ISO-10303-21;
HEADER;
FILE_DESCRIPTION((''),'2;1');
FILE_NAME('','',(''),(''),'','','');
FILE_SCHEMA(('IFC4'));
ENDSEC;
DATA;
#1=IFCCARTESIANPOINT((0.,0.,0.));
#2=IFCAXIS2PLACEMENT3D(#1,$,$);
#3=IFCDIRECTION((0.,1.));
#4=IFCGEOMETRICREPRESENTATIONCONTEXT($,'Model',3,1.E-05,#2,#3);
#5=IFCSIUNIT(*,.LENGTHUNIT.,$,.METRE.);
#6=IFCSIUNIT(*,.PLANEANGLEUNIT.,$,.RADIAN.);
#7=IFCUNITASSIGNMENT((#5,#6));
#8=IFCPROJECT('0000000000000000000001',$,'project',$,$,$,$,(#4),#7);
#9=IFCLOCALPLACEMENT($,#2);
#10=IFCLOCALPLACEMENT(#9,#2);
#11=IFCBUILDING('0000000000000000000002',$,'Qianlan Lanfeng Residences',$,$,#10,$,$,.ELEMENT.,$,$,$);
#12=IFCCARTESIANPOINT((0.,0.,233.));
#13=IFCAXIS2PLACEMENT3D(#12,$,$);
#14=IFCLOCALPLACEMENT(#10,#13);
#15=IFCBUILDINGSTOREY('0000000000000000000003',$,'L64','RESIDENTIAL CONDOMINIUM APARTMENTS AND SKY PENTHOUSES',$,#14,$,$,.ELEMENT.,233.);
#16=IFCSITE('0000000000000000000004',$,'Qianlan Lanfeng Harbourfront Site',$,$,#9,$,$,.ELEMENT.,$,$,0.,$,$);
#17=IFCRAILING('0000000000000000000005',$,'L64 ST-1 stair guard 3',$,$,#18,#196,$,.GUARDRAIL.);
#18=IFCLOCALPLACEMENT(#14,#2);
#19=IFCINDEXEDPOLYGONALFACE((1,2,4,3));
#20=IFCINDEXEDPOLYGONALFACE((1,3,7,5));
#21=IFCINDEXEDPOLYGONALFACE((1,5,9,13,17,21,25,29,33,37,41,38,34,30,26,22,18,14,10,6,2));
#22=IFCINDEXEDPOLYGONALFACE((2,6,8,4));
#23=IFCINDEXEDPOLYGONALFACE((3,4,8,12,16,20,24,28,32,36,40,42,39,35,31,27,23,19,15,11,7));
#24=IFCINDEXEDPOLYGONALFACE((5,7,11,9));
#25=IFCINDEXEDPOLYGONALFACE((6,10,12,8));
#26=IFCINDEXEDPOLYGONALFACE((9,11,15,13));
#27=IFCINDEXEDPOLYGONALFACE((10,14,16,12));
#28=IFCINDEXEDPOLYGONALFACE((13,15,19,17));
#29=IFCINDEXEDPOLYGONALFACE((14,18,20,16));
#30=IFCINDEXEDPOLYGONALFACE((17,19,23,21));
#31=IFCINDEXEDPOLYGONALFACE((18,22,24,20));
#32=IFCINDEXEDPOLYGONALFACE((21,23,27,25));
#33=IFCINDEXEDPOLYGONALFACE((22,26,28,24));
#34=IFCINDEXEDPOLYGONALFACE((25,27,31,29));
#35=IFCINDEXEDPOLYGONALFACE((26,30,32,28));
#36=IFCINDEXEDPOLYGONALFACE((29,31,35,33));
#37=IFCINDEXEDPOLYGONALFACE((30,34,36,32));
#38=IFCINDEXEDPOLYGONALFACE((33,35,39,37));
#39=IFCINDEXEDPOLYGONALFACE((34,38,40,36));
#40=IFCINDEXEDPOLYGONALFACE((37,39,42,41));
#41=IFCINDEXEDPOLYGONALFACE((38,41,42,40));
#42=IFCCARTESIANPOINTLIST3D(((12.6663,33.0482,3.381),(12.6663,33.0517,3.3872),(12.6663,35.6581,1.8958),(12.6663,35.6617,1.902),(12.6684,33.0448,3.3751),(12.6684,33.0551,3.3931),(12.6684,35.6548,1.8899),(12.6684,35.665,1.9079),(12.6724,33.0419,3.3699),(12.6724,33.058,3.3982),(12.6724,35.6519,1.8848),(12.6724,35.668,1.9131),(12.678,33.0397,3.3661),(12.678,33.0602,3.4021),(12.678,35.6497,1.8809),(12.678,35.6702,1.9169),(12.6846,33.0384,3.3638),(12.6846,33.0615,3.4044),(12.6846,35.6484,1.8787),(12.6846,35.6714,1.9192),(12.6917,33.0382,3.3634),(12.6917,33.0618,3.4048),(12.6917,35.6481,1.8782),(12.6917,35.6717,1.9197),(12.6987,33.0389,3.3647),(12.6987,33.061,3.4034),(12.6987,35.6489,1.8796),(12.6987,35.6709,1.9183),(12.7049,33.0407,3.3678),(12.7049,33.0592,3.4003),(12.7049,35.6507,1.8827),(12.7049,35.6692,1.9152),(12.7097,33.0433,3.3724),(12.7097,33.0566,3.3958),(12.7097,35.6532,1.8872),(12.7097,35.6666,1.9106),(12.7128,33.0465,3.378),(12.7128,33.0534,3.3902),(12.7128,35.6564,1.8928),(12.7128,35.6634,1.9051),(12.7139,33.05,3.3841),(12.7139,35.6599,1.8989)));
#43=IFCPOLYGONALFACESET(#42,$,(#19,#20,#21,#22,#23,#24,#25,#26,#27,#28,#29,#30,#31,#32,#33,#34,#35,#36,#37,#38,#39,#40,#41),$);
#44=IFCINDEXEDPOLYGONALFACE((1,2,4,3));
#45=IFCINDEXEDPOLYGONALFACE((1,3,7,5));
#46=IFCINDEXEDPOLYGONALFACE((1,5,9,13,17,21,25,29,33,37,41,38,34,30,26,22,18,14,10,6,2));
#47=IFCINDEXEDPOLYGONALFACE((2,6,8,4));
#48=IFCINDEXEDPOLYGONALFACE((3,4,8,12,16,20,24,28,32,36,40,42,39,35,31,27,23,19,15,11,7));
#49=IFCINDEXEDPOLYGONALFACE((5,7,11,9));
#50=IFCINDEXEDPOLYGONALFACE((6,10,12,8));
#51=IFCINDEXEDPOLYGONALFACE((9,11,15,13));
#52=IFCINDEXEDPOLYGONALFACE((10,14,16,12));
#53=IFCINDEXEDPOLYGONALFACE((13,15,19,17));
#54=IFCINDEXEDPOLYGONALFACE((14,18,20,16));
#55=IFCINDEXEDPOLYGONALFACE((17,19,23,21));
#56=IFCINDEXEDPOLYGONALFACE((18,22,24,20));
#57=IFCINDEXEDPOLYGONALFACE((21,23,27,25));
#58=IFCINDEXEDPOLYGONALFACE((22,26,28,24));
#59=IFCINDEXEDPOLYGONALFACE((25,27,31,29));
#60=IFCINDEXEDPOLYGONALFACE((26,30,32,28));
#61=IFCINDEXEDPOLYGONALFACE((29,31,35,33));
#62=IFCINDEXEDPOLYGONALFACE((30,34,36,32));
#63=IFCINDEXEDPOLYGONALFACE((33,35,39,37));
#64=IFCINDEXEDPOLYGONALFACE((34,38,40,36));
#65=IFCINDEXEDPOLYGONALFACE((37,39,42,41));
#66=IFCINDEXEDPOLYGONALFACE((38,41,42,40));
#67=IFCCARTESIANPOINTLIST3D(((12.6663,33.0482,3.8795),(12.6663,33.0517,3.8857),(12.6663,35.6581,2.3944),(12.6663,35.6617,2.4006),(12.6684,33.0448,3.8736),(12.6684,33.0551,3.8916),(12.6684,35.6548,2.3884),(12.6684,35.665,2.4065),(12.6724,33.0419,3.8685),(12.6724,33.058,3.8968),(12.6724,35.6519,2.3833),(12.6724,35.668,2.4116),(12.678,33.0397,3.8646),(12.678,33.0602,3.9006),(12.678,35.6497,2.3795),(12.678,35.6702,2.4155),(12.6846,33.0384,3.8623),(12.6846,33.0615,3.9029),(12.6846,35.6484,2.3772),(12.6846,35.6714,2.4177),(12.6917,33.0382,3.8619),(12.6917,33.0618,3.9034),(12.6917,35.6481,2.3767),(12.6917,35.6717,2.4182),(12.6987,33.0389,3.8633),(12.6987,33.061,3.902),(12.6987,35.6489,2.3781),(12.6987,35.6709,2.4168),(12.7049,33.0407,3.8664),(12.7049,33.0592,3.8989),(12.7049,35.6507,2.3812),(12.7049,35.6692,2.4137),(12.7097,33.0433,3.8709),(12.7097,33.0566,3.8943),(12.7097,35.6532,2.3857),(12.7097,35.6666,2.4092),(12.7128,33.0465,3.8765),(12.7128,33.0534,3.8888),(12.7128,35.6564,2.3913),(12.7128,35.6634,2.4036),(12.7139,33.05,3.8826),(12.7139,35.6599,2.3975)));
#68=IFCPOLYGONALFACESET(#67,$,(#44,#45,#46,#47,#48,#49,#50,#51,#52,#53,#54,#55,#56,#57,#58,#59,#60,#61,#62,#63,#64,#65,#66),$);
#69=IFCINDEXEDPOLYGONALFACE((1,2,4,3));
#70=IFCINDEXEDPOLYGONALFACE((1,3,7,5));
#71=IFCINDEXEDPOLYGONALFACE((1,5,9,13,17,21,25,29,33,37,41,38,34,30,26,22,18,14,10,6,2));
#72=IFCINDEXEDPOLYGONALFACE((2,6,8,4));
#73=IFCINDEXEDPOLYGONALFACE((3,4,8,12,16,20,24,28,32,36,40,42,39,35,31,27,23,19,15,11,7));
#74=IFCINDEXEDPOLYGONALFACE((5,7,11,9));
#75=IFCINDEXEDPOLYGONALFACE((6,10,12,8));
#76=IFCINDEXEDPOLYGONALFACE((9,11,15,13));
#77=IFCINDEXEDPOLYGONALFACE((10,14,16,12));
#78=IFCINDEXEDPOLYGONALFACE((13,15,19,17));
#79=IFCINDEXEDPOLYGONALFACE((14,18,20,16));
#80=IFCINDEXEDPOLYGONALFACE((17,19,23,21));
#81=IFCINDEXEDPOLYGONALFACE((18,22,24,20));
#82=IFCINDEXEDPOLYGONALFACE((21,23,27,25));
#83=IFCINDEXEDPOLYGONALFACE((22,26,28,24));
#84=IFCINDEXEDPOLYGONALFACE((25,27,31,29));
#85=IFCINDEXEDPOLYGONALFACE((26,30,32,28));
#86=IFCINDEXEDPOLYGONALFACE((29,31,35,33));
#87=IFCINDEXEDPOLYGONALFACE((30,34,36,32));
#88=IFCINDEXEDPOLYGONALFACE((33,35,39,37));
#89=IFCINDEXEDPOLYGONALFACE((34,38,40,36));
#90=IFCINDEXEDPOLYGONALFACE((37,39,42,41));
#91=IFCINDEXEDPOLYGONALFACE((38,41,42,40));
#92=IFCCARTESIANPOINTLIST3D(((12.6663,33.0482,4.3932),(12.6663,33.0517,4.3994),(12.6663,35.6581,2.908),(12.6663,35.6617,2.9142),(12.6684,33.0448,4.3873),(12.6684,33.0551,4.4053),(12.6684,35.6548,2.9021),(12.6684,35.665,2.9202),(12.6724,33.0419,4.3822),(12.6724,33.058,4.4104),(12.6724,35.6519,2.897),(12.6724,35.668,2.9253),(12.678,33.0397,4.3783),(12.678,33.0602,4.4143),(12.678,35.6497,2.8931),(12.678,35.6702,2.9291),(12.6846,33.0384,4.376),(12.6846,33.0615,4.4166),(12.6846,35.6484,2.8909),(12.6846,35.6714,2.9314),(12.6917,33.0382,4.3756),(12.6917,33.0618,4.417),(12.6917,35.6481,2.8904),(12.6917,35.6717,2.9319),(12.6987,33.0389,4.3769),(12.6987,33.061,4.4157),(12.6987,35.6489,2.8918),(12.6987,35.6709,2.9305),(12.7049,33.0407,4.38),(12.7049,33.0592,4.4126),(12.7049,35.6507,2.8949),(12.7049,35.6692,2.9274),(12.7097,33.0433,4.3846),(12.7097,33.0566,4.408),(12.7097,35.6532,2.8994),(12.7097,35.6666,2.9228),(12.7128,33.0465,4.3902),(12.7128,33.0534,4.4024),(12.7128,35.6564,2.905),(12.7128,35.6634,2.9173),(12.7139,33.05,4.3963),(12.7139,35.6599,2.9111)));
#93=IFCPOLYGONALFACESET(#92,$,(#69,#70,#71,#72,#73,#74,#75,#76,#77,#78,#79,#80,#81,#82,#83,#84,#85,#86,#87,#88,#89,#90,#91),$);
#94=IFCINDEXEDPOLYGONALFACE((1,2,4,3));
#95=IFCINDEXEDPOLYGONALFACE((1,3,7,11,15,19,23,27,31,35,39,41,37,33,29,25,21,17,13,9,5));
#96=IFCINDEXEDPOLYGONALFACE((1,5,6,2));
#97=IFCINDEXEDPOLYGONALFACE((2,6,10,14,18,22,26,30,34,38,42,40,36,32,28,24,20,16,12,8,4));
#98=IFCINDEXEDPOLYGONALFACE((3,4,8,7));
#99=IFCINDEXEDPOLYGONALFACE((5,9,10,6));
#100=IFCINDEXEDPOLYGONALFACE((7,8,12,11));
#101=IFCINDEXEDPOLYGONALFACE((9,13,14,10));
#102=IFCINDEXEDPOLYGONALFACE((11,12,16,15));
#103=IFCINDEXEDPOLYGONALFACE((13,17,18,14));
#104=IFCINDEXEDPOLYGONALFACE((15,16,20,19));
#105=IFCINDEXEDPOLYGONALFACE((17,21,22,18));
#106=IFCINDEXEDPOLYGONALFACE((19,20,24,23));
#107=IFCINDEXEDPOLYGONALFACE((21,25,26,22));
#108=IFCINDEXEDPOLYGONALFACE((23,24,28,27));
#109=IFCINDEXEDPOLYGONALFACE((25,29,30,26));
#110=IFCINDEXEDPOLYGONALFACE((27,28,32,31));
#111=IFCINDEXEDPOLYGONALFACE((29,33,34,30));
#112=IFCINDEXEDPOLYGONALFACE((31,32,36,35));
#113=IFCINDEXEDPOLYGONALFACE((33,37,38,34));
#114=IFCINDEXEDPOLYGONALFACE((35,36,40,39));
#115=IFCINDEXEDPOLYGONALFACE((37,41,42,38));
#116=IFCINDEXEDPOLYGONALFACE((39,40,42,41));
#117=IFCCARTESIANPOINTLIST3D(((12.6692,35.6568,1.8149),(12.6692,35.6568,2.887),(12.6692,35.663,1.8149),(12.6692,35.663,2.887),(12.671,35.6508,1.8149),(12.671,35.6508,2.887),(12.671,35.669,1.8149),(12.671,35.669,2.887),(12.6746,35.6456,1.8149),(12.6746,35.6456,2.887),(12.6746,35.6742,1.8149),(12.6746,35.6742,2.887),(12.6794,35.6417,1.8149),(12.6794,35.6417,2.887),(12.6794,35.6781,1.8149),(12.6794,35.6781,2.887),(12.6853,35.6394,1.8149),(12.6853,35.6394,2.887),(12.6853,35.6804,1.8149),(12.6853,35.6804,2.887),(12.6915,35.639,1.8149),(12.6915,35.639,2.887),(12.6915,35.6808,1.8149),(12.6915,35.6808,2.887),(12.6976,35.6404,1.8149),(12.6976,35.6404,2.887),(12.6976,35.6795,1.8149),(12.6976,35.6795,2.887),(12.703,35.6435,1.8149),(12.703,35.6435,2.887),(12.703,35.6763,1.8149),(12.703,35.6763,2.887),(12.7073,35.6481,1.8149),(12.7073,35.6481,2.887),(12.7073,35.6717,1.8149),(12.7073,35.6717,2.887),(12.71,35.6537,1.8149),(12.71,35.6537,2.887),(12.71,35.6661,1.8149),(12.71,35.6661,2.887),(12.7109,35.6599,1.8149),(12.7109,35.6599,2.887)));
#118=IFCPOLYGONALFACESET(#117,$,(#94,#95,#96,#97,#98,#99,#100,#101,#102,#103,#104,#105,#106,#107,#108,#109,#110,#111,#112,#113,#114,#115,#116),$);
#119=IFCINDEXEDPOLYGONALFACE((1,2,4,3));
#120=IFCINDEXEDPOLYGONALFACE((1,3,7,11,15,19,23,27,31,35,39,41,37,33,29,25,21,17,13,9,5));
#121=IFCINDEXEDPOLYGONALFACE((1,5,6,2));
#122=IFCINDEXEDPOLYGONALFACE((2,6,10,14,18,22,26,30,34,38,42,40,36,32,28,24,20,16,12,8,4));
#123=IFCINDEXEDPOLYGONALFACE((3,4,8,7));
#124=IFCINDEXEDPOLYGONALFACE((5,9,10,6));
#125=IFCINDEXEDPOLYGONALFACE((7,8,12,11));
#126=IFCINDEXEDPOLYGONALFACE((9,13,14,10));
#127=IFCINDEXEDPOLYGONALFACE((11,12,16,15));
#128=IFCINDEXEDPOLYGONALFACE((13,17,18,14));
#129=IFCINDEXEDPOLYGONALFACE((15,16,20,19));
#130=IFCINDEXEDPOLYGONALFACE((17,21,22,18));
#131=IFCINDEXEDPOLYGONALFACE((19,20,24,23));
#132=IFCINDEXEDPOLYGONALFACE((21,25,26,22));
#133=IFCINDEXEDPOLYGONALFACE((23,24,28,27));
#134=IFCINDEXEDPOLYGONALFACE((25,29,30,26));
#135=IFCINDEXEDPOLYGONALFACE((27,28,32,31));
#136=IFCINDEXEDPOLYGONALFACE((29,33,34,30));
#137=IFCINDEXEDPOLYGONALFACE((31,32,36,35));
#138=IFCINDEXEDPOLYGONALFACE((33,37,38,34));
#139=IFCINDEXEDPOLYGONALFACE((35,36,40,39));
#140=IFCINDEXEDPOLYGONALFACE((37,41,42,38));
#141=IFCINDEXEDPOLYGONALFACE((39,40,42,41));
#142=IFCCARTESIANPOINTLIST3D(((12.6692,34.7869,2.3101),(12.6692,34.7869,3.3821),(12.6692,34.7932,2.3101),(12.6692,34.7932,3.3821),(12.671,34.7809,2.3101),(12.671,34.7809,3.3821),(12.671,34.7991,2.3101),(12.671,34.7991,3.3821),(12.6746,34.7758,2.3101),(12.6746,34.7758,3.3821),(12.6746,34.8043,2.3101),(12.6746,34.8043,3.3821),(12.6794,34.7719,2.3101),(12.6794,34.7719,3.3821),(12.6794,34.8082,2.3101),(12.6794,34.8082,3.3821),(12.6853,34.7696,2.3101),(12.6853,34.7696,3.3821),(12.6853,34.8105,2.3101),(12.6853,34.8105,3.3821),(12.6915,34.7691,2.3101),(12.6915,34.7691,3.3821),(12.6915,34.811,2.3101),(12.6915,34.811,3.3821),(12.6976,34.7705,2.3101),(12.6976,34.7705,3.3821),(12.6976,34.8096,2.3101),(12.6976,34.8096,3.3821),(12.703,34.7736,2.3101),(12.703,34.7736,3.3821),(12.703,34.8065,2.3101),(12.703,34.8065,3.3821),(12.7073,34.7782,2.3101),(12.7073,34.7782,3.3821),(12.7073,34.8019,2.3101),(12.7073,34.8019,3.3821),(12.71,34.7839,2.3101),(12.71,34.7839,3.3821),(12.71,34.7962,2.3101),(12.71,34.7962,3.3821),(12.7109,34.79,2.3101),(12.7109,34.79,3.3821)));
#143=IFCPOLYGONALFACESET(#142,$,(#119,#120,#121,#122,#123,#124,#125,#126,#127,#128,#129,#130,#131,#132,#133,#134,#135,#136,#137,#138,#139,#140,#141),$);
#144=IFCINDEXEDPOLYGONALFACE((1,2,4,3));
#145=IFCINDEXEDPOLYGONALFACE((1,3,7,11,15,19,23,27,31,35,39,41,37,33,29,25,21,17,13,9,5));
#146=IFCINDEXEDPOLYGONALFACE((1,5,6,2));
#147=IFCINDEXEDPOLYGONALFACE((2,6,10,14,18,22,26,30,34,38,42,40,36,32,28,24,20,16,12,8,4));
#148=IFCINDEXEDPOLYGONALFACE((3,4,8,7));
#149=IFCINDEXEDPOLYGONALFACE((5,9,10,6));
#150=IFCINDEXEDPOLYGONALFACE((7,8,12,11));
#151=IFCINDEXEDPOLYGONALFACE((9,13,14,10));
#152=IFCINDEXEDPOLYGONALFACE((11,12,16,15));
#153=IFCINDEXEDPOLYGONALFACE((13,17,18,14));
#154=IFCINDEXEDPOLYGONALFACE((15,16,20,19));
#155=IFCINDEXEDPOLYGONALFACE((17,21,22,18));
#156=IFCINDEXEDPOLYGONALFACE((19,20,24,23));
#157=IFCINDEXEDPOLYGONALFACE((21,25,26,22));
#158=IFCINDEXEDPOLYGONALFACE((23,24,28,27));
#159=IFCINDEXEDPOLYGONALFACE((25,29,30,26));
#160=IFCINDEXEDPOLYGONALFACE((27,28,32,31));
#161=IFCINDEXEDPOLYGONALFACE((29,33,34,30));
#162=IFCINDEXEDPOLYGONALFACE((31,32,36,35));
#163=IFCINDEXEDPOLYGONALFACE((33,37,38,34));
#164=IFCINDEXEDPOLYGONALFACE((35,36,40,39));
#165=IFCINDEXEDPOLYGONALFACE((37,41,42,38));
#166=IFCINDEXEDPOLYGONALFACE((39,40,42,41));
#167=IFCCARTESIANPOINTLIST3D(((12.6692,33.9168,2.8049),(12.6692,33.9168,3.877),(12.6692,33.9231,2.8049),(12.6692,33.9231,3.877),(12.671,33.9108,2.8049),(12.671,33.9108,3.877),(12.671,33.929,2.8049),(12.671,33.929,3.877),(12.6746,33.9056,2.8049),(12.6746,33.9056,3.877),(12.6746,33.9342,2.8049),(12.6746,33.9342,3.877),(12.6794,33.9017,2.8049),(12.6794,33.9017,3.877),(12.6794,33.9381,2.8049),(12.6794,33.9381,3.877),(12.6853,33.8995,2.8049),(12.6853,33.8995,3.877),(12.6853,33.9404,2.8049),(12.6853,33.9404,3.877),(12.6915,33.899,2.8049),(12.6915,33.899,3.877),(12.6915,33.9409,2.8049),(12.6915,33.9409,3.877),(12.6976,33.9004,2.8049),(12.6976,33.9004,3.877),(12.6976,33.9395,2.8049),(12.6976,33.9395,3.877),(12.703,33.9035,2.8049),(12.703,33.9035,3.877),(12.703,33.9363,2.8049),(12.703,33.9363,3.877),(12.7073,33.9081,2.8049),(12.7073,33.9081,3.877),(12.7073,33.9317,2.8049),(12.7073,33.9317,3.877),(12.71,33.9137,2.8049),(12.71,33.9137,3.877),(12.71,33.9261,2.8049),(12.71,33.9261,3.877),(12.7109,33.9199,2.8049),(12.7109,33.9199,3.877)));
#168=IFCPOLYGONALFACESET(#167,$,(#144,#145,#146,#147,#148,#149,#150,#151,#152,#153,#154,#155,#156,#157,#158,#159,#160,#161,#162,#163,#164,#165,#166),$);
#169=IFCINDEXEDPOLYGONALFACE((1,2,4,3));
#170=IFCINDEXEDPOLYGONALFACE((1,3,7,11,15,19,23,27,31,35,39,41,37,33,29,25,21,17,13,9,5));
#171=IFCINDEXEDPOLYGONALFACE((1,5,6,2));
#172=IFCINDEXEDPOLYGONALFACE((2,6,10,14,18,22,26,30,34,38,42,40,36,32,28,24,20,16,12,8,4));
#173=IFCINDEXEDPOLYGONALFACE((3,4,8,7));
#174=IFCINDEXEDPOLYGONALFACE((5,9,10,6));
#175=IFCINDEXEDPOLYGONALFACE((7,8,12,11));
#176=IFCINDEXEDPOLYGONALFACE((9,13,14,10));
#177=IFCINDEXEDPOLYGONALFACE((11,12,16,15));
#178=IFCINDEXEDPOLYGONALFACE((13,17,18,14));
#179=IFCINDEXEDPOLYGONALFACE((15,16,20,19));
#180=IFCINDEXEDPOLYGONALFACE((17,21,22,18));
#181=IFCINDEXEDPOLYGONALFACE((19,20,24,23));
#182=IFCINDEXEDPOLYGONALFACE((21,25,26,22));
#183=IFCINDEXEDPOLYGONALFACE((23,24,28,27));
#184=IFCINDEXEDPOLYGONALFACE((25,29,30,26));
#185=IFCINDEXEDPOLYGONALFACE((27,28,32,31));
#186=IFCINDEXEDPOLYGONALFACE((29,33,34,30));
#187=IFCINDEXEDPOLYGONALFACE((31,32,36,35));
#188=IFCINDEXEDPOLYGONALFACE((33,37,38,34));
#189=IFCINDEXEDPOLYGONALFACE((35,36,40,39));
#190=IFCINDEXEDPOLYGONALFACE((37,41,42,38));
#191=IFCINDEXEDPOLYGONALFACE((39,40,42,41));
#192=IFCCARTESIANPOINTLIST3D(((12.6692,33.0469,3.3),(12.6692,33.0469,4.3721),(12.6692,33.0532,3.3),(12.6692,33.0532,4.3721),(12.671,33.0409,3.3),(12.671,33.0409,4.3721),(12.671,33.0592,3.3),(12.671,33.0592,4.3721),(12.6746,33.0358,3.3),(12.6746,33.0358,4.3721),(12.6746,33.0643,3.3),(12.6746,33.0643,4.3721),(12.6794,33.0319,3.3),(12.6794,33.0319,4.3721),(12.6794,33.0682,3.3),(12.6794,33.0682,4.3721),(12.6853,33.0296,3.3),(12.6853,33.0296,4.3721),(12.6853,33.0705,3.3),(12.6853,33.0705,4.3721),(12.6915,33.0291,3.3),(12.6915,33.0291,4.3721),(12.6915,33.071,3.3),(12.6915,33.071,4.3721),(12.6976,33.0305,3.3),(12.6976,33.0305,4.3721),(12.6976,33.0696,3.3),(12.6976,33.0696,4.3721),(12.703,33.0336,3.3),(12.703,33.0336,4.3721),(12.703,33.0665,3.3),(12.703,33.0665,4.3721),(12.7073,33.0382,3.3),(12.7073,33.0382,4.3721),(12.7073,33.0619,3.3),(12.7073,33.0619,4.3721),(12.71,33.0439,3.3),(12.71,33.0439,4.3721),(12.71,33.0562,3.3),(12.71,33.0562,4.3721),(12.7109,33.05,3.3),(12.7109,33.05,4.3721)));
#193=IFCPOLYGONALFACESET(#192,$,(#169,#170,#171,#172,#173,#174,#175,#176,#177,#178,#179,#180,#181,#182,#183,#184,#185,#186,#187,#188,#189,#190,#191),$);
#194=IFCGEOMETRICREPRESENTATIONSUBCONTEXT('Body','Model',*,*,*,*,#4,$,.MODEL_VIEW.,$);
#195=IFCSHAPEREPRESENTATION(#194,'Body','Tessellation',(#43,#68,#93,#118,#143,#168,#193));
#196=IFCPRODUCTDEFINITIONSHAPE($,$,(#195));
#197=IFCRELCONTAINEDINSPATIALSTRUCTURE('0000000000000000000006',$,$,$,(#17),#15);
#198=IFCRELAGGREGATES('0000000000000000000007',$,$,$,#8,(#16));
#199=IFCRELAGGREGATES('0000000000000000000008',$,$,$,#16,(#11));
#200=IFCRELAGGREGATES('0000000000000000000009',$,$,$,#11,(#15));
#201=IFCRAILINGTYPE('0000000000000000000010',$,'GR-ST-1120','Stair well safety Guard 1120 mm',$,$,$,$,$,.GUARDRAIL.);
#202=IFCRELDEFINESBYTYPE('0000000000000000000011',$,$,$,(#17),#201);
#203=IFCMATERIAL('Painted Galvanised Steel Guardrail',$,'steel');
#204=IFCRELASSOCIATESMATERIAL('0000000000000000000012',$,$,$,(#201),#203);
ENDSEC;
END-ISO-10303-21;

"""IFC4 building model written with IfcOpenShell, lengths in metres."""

from ifc_helpers import new_model, si_unit, direction, frame, origin, origin_2d, place, context, subcontext, project, spatial, circle, extrude, material, type_object, element, save


model = new_model("IFC4")

# Units and contexts
model_context = context("Model", 3, precision=1e-05, world=origin(), true_north=direction((0.0, 1.0)))
body_context = subcontext(model_context, "Body", "Model", "MODEL_VIEW")
ifc_project = project(units=[si_unit("LENGTHUNIT", "METRE"), si_unit("PLANEANGLEUNIT", "RADIAN")], contexts=[model_context])

# Site, building, storey
site_placement = place(None, origin())
site = spatial("IfcSite", under=ifc_project, at=site_placement, Name="Qianlan Lanfeng Harbourfront Site", CompositionType="ELEMENT", RefElevation=0.0)
building_placement = place(site_placement, origin())
building = spatial("IfcBuilding", under=site, at=building_placement, Name="Qianlan Lanfeng Residences", CompositionType="ELEMENT")
storey_placement = place(building_placement, frame((0.0, 0.0, 233.0)))
storey = spatial("IfcBuildingStorey", under=building, at=storey_placement, Name="L64", Description="RESIDENTIAL CONDOMINIUM APARTMENTS AND SKY PENTHOUSES", CompositionType="ELEMENT", Elevation=233.0)

# Railing
ifc_material_1 = material(Name="Painted Galvanised Steel Guardrail", Category="steel")
railing_type_1 = type_object("IfcRailingType", Name="GR-ST-1120", Description="Stair well safety Guard 1120 mm", PredefinedType="GUARDRAIL", material=ifc_material_1)
railing_1_placement = place(storey_placement, frame((12.6899, 35.6599, 1.8149)))
element("IfcRailing", 1, at=railing_1_placement, inside=storey, type_object=railing_type_1, Name="L64 ST-1 stair guard 3", PredefinedType="GUARDRAIL", context=body_context, shape_type="SweptSolid", body=[
    extrude(circle(Radius=0.0239, at=origin_2d()), frame((0.0, 0.0, 0.084), z_axis=(0.0, -0.869137, 0.494571), x_axis=(1.0, 0.0, 0.0)), (0.0, 0.0, 1.0), 3.0029),
    extrude(circle(Radius=0.0239, at=origin_2d()), frame((0.0, 0.0, 0.5825), z_axis=(0.0, -0.869137, 0.494571), x_axis=(1.0, 0.0, 0.0)), (0.0, 0.0, 1.0), 3.0029),
    extrude(circle(Radius=0.0239, at=origin_2d()), frame((0.0, 0.0, 1.0962), z_axis=(0.0, -0.869137, 0.494571), x_axis=(1.0, 0.0, 0.0)), (0.0, 0.0, 1.0), 3.0029),
    extrude(circle(Radius=0.021, at=origin_2d()), origin(), (0.0, 0.0, 1.0), 1.072),
    extrude(circle(Radius=0.021, at=origin_2d()), frame((0.0, -0.8699, 0.4951)), (0.0, 0.0, 1.0), 1.072),
    extrude(circle(Radius=0.021, at=origin_2d()), frame((0.0, -1.74, 0.99)), (0.0, 0.0, 1.0), 1.072),
    extrude(circle(Radius=0.021, at=origin_2d()), frame((0.0, -2.6099, 1.4851)), (0.0, 0.0, 1.0), 1.072),
])

save(model, "model.ifc")
